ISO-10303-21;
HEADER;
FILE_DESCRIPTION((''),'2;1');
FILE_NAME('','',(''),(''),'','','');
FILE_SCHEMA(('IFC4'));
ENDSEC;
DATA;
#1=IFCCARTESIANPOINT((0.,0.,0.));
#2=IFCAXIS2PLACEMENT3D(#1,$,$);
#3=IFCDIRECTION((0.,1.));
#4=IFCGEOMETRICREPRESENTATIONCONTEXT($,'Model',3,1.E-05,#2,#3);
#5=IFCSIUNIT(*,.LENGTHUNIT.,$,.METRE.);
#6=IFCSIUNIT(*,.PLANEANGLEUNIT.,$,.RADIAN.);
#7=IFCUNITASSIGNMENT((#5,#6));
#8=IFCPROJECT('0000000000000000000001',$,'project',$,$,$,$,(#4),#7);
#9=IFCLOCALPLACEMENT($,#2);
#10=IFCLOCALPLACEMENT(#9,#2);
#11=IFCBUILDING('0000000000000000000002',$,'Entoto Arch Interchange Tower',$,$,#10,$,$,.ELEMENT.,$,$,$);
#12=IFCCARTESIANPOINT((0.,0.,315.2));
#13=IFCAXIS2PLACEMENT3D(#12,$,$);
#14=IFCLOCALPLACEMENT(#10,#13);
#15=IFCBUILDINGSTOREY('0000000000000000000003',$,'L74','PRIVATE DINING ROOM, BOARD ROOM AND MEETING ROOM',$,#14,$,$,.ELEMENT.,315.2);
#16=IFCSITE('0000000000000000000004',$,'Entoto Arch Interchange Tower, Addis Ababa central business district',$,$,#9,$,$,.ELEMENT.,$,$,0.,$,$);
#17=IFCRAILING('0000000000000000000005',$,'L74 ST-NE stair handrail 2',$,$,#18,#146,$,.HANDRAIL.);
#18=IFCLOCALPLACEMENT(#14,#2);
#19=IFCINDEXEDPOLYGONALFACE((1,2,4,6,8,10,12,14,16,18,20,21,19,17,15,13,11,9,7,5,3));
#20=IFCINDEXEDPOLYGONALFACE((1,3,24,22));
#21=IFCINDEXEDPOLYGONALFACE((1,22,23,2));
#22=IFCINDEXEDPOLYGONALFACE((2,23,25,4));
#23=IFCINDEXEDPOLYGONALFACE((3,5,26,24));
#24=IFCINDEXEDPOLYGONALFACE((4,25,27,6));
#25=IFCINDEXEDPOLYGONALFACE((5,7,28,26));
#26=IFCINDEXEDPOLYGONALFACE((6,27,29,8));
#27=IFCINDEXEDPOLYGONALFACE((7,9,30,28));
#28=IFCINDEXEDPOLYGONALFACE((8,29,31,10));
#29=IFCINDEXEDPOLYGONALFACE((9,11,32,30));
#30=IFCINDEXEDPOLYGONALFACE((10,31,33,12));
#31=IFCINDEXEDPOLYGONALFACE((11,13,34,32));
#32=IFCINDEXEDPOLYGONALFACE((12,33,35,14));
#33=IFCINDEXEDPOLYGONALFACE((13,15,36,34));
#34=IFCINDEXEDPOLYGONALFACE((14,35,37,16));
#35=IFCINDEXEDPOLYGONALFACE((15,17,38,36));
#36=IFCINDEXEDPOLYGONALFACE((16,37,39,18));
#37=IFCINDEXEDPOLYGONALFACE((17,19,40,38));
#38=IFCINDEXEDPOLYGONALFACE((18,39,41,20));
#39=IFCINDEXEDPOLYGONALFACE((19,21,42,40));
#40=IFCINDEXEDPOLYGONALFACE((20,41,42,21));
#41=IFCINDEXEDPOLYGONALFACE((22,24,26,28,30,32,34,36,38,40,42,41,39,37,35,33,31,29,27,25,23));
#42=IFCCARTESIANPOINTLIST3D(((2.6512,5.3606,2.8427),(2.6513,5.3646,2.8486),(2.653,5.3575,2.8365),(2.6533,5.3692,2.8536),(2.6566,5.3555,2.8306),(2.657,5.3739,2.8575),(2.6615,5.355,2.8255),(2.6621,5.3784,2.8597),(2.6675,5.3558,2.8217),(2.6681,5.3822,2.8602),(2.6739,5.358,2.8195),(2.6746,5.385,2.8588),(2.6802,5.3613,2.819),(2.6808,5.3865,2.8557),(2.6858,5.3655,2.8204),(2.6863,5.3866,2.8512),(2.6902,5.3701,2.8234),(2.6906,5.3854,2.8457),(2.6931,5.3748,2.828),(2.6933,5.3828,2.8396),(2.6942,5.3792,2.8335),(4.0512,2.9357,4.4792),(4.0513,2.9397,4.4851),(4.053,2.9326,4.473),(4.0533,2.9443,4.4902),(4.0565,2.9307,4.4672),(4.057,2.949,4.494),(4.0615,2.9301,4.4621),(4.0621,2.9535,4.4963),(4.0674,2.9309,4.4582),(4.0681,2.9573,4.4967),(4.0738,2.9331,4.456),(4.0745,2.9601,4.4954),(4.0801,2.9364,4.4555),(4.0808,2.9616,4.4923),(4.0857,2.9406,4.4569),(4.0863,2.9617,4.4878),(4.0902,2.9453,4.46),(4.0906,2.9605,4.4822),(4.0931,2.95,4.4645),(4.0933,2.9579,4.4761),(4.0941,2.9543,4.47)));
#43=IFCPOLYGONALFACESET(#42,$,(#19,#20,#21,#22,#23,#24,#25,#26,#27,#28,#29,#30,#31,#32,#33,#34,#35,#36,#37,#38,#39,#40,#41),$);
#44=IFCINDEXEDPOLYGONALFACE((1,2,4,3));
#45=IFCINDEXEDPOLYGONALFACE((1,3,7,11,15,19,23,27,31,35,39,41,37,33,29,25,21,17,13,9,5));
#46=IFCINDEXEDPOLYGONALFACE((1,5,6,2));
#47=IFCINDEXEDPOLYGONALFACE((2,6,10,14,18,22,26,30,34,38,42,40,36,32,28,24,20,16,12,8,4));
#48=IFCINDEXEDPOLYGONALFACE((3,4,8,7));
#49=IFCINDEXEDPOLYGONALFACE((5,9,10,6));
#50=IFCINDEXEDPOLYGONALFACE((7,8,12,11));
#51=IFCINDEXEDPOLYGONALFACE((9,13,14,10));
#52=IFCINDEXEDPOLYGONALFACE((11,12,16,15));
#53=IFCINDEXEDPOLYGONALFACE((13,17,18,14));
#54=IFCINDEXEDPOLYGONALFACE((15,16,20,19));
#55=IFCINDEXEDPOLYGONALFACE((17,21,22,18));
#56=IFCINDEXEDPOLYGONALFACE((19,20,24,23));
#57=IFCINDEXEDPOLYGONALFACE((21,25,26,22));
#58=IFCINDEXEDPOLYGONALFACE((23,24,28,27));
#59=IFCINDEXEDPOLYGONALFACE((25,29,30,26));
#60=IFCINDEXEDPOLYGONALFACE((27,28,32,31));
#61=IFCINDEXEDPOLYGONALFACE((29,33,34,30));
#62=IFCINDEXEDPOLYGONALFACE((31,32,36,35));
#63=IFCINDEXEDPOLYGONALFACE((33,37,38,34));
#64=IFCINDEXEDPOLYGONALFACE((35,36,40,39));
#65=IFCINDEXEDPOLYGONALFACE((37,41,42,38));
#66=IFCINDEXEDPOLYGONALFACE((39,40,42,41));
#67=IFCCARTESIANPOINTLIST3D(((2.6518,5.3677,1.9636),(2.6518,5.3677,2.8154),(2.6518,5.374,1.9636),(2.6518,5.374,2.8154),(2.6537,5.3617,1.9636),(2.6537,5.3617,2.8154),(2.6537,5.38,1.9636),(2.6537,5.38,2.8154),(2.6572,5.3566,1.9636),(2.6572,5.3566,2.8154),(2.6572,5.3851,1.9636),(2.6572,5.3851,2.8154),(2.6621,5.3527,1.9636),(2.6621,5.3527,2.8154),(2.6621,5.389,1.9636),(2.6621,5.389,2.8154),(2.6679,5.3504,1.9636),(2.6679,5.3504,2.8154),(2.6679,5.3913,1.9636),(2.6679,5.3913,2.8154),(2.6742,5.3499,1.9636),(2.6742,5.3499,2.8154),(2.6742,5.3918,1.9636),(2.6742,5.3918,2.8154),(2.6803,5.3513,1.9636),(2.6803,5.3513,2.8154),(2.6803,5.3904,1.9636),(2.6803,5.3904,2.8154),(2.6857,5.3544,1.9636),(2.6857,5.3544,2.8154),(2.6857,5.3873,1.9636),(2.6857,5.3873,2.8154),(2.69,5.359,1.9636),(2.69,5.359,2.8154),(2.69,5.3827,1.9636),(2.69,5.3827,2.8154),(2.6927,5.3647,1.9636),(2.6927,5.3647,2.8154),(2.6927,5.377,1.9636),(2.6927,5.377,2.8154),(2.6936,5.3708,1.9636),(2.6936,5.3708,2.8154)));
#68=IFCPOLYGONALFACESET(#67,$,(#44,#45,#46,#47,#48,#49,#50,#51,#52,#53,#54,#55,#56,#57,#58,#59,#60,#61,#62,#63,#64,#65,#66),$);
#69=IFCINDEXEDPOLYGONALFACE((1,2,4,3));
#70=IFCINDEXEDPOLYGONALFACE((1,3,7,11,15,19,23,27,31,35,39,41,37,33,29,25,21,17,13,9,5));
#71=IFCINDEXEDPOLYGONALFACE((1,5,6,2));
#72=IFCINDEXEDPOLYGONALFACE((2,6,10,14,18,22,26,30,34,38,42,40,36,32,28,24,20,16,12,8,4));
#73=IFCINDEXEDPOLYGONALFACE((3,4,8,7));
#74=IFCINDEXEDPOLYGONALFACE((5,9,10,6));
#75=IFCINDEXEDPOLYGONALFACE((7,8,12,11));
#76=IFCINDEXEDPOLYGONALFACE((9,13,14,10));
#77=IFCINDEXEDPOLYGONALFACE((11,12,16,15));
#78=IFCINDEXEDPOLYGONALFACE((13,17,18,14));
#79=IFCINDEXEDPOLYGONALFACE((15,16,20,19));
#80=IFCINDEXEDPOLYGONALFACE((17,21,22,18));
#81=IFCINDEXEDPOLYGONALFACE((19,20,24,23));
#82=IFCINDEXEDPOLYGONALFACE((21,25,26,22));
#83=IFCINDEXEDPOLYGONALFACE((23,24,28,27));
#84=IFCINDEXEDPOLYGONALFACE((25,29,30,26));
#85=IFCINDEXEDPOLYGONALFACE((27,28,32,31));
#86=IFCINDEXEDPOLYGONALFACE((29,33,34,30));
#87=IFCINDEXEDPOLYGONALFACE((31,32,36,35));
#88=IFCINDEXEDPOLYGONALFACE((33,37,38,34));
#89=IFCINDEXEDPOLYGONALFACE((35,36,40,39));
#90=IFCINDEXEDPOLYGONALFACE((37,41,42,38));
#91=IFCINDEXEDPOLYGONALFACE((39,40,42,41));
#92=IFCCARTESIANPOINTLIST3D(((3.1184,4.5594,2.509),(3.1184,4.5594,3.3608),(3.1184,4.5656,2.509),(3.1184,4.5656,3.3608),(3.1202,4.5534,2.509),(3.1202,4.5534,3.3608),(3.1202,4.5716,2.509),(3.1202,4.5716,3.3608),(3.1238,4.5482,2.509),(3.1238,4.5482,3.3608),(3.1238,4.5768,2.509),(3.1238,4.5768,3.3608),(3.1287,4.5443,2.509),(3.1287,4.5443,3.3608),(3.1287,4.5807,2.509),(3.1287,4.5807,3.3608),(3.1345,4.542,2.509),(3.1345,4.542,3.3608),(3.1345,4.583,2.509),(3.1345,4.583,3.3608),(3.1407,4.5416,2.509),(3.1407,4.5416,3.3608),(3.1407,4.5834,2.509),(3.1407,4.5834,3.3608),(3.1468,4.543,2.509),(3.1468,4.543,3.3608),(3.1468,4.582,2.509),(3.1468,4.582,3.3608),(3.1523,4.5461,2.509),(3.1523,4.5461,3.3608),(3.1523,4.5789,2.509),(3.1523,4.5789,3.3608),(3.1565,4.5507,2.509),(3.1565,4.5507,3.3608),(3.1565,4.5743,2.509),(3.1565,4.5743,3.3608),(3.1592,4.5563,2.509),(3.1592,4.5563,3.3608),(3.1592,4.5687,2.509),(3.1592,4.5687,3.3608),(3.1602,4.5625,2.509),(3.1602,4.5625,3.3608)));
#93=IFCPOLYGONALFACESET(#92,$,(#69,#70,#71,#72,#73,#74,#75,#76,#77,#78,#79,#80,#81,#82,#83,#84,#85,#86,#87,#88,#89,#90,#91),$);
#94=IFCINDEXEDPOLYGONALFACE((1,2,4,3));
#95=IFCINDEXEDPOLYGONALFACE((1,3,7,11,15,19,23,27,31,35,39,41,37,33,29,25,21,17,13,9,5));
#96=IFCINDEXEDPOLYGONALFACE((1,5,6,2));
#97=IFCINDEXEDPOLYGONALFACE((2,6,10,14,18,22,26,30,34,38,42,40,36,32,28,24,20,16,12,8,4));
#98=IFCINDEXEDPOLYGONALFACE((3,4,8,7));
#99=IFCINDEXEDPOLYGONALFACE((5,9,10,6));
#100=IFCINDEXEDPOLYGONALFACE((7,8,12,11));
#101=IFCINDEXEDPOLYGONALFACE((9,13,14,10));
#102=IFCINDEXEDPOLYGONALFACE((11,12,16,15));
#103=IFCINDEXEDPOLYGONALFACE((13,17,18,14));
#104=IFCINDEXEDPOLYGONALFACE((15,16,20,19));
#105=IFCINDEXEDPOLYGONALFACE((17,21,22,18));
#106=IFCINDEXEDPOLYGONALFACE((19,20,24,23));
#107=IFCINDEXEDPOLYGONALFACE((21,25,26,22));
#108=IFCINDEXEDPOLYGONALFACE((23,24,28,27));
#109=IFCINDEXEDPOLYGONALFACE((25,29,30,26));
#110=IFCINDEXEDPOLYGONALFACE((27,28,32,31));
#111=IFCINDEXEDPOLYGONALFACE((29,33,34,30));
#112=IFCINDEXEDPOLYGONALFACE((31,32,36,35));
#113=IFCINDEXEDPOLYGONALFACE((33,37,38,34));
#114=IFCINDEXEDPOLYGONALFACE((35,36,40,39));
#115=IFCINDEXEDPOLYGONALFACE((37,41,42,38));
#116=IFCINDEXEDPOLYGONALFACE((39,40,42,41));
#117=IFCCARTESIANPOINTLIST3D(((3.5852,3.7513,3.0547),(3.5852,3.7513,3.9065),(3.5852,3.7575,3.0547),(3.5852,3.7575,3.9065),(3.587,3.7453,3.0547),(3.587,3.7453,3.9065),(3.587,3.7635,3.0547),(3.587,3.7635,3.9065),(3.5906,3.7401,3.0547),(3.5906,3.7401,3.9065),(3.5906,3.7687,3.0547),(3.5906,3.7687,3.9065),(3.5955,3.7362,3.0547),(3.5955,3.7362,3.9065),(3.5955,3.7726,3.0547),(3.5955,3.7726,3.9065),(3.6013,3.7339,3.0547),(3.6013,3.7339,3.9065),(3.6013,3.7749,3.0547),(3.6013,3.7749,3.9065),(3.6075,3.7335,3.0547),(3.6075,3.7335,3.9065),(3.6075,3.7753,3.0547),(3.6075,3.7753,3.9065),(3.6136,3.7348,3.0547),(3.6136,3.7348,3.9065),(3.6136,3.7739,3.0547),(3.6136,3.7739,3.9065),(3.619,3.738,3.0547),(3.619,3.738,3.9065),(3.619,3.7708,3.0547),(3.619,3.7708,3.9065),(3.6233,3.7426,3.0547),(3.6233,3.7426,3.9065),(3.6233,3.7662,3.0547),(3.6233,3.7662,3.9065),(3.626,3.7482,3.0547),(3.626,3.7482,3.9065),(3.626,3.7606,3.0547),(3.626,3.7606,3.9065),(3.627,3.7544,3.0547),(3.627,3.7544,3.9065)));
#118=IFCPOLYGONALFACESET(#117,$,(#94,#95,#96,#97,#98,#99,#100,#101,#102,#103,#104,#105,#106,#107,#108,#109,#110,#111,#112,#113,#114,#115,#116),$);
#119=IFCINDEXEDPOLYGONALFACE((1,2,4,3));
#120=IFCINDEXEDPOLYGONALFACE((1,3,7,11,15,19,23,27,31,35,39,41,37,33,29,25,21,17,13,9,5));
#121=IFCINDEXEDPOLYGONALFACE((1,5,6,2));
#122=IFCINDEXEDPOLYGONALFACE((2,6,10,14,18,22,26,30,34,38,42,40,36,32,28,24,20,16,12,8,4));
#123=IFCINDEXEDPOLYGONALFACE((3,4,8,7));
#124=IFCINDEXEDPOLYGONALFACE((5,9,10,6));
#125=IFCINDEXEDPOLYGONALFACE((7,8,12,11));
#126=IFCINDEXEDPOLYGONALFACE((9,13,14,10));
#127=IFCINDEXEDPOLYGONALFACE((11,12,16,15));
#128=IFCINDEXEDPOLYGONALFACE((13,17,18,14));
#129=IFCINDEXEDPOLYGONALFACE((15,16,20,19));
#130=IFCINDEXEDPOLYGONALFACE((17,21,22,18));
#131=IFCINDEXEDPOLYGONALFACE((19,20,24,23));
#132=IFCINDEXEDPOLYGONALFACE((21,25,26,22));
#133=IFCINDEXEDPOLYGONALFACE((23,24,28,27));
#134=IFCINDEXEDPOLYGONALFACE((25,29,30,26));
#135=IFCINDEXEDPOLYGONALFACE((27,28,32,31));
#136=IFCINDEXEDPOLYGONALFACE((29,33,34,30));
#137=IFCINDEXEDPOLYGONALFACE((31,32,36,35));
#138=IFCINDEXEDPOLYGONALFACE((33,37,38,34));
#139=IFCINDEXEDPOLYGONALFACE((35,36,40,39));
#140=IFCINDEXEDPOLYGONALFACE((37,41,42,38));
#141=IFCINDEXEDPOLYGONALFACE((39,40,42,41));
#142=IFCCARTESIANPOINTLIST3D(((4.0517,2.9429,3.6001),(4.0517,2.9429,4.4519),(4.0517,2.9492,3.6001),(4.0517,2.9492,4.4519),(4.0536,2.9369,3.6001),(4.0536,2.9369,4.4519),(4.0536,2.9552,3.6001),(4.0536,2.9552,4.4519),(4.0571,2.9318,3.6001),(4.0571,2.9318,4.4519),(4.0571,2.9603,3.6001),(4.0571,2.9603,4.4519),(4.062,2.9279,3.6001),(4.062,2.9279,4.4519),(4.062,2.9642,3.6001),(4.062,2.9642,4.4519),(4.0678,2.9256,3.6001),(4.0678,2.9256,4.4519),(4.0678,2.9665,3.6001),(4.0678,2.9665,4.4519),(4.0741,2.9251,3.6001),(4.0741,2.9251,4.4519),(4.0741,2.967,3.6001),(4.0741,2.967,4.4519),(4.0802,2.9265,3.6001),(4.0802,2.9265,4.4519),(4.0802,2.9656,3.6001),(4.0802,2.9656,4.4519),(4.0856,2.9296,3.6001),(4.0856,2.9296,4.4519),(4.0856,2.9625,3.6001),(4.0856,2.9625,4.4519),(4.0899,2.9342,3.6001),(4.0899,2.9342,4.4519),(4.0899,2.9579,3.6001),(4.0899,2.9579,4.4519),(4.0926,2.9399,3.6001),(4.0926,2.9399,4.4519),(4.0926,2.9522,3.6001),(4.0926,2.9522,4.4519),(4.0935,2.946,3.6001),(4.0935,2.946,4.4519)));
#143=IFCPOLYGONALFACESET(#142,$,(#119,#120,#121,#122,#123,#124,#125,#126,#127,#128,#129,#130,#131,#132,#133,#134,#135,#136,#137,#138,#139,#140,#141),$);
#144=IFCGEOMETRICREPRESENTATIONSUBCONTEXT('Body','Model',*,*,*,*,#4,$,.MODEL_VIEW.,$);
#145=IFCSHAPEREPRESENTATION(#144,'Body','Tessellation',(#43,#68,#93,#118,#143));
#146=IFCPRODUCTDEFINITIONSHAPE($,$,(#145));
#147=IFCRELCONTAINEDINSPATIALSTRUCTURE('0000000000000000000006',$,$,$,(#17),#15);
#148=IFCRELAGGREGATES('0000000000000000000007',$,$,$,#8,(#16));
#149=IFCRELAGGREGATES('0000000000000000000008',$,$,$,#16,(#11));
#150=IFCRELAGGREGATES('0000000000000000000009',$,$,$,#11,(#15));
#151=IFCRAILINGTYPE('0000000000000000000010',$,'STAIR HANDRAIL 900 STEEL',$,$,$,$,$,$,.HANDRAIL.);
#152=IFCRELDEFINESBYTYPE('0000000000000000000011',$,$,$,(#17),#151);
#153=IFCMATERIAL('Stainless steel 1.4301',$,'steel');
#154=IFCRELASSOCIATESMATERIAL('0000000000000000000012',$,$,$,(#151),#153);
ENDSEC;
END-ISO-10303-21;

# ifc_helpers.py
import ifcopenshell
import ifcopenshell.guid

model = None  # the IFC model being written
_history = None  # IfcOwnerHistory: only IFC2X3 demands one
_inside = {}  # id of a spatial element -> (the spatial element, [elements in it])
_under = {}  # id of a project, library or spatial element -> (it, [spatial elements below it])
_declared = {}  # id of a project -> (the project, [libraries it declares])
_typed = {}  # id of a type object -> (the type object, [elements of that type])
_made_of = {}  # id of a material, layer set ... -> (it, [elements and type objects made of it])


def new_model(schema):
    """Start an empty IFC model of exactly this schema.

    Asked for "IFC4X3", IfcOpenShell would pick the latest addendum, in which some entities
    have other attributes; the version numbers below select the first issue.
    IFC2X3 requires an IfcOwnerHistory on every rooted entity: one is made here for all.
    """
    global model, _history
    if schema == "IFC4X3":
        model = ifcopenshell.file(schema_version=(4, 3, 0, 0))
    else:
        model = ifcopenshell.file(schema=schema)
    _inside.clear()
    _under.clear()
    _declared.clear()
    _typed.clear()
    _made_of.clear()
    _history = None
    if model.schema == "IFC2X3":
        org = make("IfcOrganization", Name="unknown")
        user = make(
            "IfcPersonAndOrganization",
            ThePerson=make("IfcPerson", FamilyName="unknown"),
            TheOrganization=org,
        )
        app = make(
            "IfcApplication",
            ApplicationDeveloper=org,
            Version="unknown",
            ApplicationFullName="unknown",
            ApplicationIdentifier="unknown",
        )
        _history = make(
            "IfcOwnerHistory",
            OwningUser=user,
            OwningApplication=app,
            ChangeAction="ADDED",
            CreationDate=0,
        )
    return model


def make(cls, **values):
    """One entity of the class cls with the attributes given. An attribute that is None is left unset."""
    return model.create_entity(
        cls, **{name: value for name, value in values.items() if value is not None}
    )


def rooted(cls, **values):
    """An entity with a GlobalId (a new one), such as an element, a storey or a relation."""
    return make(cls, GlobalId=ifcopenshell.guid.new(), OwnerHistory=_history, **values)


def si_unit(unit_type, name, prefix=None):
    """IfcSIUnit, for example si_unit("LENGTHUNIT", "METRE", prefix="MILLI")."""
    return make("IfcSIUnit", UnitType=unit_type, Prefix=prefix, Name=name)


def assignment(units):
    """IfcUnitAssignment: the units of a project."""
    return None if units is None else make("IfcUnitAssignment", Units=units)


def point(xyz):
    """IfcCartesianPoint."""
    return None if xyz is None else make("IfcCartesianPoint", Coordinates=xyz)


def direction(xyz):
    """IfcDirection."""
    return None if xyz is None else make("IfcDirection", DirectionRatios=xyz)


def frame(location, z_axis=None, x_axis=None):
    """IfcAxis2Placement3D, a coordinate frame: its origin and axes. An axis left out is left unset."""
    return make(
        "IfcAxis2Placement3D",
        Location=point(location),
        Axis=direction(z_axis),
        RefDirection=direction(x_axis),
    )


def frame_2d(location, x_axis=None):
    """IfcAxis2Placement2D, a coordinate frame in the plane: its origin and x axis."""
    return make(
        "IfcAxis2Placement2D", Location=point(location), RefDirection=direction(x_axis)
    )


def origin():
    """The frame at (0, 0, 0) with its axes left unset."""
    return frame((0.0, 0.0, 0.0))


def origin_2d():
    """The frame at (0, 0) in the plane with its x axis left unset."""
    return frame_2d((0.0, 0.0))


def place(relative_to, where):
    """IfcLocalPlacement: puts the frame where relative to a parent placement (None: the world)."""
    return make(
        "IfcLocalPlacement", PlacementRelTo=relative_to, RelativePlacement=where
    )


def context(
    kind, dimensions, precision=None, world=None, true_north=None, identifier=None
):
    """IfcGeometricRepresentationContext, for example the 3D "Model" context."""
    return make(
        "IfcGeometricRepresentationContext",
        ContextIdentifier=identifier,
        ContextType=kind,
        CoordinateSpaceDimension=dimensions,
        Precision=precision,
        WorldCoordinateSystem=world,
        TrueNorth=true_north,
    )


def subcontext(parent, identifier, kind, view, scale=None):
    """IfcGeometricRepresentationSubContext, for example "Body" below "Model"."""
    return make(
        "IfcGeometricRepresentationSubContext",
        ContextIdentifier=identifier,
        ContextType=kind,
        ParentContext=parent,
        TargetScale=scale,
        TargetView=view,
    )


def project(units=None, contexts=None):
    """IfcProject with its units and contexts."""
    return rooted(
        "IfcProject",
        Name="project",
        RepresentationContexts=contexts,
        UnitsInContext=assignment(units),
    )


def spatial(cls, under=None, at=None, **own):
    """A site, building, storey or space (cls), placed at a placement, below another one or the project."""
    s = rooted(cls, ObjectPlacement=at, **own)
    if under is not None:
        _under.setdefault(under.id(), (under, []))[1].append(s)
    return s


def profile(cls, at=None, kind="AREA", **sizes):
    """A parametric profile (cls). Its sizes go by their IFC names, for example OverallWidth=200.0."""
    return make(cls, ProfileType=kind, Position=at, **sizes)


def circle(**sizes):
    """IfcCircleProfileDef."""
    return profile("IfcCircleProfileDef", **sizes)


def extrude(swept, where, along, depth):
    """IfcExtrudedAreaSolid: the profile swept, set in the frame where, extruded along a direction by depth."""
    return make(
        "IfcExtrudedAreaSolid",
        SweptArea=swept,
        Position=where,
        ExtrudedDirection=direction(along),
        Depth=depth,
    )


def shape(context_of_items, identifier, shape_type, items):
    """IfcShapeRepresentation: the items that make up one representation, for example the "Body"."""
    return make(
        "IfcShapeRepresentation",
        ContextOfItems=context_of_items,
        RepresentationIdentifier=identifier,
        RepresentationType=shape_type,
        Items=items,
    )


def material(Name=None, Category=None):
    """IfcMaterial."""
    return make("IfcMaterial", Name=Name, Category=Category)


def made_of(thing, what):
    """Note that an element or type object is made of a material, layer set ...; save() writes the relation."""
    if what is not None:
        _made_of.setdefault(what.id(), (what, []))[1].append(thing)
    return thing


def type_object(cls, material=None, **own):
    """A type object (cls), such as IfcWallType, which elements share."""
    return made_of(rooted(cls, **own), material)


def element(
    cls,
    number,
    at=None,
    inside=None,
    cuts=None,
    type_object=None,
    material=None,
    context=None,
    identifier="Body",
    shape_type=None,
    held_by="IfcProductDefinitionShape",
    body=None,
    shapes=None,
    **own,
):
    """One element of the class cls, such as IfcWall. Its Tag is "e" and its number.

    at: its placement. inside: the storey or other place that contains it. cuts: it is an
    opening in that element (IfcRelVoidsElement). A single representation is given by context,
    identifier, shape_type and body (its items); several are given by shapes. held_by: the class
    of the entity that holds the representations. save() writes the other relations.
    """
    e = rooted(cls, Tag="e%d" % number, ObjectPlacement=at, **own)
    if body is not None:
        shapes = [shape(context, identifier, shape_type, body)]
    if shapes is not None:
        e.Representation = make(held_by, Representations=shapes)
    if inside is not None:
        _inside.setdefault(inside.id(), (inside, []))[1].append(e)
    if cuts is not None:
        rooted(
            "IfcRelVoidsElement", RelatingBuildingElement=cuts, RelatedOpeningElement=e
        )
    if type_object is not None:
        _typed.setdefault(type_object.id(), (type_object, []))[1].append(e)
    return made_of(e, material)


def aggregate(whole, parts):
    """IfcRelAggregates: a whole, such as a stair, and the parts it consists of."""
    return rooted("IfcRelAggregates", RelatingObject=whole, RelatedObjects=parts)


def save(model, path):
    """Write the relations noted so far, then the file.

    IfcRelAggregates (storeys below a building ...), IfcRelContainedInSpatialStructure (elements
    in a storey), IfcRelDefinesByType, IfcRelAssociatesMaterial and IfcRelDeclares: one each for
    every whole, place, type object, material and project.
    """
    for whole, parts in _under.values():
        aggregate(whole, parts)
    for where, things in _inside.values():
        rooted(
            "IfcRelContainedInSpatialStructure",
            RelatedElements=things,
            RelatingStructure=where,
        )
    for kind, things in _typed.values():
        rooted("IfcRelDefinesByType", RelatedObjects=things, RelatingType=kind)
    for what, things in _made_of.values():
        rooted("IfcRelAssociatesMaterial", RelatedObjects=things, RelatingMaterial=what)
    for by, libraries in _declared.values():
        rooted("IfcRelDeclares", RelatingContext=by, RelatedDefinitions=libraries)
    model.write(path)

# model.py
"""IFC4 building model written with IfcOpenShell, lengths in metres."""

from ifc_helpers import new_model, si_unit, direction, frame, origin, origin_2d, place, context, subcontext, project, spatial, circle, extrude, material, type_object, element, save


model = new_model("IFC4")

# Units and contexts
model_context = context("Model", 3, precision=1e-05, world=origin(), true_north=direction((0.0, 1.0)))
body_context = subcontext(model_context, "Body", "Model", "MODEL_VIEW")
ifc_project = project(units=[si_unit("LENGTHUNIT", "METRE"), si_unit("PLANEANGLEUNIT", "RADIAN")], contexts=[model_context])

# Site, building, storey
site_placement = place(None, origin())
site = spatial("IfcSite", under=ifc_project, at=site_placement, Name="Entoto Arch Interchange Tower, Addis Ababa central business district", CompositionType="ELEMENT", RefElevation=0.0)
building_placement = place(site_placement, origin())
building = spatial("IfcBuilding", under=site, at=building_placement, Name="Entoto Arch Interchange Tower", CompositionType="ELEMENT")
storey_placement = place(building_placement, frame((0.0, 0.0, 315.2)))
storey = spatial("IfcBuildingStorey", under=building, at=storey_placement, Name="L74", Description="PRIVATE DINING ROOM, BOARD ROOM AND MEETING ROOM", CompositionType="ELEMENT", Elevation=315.2)

# Railing
ifc_material_1 = material(Name="Stainless steel 1.4301", Category="steel")
railing_type_1 = type_object("IfcRailingType", Name="STAIR HANDRAIL 900 STEEL", PredefinedType="HANDRAIL", material=ifc_material_1)
railing_1_placement = place(storey_placement, frame((2.6726, 5.3708, 1.9636)))
element("IfcRailing", 1, at=railing_1_placement, inside=storey, type_object=railing_type_1, Name="L74 ST-NE stair handrail 2", PredefinedType="HANDRAIL", context=body_context, shape_type="SweptSolid", body=[
    extrude(circle(Radius=0.0239, at=origin_2d()), frame((0.0, 0.0, 0.876), z_axis=(0.431661, -0.74769, 0.504608), x_axis=(0.866035, 0.499984, 0.0)), (0.0, 0.0, 1.0), 3.2432),
    extrude(circle(Radius=0.021, at=origin_2d()), origin(), (0.0, 0.0, 1.0), 0.8518),
    extrude(circle(Radius=0.021, at=origin_2d()), frame((0.4666, -0.8083, 0.5454)), (0.0, 0.0, 1.0), 0.8518),
    extrude(circle(Radius=0.021, at=origin_2d()), frame((0.9333, -1.6165, 1.0911)), (0.0, 0.0, 1.0), 0.8518),
    extrude(circle(Radius=0.021, at=origin_2d()), frame((1.3999, -2.4248, 1.6365)), (0.0, 0.0, 1.0), 0.8518),
])

save(model, "model.ifc")
